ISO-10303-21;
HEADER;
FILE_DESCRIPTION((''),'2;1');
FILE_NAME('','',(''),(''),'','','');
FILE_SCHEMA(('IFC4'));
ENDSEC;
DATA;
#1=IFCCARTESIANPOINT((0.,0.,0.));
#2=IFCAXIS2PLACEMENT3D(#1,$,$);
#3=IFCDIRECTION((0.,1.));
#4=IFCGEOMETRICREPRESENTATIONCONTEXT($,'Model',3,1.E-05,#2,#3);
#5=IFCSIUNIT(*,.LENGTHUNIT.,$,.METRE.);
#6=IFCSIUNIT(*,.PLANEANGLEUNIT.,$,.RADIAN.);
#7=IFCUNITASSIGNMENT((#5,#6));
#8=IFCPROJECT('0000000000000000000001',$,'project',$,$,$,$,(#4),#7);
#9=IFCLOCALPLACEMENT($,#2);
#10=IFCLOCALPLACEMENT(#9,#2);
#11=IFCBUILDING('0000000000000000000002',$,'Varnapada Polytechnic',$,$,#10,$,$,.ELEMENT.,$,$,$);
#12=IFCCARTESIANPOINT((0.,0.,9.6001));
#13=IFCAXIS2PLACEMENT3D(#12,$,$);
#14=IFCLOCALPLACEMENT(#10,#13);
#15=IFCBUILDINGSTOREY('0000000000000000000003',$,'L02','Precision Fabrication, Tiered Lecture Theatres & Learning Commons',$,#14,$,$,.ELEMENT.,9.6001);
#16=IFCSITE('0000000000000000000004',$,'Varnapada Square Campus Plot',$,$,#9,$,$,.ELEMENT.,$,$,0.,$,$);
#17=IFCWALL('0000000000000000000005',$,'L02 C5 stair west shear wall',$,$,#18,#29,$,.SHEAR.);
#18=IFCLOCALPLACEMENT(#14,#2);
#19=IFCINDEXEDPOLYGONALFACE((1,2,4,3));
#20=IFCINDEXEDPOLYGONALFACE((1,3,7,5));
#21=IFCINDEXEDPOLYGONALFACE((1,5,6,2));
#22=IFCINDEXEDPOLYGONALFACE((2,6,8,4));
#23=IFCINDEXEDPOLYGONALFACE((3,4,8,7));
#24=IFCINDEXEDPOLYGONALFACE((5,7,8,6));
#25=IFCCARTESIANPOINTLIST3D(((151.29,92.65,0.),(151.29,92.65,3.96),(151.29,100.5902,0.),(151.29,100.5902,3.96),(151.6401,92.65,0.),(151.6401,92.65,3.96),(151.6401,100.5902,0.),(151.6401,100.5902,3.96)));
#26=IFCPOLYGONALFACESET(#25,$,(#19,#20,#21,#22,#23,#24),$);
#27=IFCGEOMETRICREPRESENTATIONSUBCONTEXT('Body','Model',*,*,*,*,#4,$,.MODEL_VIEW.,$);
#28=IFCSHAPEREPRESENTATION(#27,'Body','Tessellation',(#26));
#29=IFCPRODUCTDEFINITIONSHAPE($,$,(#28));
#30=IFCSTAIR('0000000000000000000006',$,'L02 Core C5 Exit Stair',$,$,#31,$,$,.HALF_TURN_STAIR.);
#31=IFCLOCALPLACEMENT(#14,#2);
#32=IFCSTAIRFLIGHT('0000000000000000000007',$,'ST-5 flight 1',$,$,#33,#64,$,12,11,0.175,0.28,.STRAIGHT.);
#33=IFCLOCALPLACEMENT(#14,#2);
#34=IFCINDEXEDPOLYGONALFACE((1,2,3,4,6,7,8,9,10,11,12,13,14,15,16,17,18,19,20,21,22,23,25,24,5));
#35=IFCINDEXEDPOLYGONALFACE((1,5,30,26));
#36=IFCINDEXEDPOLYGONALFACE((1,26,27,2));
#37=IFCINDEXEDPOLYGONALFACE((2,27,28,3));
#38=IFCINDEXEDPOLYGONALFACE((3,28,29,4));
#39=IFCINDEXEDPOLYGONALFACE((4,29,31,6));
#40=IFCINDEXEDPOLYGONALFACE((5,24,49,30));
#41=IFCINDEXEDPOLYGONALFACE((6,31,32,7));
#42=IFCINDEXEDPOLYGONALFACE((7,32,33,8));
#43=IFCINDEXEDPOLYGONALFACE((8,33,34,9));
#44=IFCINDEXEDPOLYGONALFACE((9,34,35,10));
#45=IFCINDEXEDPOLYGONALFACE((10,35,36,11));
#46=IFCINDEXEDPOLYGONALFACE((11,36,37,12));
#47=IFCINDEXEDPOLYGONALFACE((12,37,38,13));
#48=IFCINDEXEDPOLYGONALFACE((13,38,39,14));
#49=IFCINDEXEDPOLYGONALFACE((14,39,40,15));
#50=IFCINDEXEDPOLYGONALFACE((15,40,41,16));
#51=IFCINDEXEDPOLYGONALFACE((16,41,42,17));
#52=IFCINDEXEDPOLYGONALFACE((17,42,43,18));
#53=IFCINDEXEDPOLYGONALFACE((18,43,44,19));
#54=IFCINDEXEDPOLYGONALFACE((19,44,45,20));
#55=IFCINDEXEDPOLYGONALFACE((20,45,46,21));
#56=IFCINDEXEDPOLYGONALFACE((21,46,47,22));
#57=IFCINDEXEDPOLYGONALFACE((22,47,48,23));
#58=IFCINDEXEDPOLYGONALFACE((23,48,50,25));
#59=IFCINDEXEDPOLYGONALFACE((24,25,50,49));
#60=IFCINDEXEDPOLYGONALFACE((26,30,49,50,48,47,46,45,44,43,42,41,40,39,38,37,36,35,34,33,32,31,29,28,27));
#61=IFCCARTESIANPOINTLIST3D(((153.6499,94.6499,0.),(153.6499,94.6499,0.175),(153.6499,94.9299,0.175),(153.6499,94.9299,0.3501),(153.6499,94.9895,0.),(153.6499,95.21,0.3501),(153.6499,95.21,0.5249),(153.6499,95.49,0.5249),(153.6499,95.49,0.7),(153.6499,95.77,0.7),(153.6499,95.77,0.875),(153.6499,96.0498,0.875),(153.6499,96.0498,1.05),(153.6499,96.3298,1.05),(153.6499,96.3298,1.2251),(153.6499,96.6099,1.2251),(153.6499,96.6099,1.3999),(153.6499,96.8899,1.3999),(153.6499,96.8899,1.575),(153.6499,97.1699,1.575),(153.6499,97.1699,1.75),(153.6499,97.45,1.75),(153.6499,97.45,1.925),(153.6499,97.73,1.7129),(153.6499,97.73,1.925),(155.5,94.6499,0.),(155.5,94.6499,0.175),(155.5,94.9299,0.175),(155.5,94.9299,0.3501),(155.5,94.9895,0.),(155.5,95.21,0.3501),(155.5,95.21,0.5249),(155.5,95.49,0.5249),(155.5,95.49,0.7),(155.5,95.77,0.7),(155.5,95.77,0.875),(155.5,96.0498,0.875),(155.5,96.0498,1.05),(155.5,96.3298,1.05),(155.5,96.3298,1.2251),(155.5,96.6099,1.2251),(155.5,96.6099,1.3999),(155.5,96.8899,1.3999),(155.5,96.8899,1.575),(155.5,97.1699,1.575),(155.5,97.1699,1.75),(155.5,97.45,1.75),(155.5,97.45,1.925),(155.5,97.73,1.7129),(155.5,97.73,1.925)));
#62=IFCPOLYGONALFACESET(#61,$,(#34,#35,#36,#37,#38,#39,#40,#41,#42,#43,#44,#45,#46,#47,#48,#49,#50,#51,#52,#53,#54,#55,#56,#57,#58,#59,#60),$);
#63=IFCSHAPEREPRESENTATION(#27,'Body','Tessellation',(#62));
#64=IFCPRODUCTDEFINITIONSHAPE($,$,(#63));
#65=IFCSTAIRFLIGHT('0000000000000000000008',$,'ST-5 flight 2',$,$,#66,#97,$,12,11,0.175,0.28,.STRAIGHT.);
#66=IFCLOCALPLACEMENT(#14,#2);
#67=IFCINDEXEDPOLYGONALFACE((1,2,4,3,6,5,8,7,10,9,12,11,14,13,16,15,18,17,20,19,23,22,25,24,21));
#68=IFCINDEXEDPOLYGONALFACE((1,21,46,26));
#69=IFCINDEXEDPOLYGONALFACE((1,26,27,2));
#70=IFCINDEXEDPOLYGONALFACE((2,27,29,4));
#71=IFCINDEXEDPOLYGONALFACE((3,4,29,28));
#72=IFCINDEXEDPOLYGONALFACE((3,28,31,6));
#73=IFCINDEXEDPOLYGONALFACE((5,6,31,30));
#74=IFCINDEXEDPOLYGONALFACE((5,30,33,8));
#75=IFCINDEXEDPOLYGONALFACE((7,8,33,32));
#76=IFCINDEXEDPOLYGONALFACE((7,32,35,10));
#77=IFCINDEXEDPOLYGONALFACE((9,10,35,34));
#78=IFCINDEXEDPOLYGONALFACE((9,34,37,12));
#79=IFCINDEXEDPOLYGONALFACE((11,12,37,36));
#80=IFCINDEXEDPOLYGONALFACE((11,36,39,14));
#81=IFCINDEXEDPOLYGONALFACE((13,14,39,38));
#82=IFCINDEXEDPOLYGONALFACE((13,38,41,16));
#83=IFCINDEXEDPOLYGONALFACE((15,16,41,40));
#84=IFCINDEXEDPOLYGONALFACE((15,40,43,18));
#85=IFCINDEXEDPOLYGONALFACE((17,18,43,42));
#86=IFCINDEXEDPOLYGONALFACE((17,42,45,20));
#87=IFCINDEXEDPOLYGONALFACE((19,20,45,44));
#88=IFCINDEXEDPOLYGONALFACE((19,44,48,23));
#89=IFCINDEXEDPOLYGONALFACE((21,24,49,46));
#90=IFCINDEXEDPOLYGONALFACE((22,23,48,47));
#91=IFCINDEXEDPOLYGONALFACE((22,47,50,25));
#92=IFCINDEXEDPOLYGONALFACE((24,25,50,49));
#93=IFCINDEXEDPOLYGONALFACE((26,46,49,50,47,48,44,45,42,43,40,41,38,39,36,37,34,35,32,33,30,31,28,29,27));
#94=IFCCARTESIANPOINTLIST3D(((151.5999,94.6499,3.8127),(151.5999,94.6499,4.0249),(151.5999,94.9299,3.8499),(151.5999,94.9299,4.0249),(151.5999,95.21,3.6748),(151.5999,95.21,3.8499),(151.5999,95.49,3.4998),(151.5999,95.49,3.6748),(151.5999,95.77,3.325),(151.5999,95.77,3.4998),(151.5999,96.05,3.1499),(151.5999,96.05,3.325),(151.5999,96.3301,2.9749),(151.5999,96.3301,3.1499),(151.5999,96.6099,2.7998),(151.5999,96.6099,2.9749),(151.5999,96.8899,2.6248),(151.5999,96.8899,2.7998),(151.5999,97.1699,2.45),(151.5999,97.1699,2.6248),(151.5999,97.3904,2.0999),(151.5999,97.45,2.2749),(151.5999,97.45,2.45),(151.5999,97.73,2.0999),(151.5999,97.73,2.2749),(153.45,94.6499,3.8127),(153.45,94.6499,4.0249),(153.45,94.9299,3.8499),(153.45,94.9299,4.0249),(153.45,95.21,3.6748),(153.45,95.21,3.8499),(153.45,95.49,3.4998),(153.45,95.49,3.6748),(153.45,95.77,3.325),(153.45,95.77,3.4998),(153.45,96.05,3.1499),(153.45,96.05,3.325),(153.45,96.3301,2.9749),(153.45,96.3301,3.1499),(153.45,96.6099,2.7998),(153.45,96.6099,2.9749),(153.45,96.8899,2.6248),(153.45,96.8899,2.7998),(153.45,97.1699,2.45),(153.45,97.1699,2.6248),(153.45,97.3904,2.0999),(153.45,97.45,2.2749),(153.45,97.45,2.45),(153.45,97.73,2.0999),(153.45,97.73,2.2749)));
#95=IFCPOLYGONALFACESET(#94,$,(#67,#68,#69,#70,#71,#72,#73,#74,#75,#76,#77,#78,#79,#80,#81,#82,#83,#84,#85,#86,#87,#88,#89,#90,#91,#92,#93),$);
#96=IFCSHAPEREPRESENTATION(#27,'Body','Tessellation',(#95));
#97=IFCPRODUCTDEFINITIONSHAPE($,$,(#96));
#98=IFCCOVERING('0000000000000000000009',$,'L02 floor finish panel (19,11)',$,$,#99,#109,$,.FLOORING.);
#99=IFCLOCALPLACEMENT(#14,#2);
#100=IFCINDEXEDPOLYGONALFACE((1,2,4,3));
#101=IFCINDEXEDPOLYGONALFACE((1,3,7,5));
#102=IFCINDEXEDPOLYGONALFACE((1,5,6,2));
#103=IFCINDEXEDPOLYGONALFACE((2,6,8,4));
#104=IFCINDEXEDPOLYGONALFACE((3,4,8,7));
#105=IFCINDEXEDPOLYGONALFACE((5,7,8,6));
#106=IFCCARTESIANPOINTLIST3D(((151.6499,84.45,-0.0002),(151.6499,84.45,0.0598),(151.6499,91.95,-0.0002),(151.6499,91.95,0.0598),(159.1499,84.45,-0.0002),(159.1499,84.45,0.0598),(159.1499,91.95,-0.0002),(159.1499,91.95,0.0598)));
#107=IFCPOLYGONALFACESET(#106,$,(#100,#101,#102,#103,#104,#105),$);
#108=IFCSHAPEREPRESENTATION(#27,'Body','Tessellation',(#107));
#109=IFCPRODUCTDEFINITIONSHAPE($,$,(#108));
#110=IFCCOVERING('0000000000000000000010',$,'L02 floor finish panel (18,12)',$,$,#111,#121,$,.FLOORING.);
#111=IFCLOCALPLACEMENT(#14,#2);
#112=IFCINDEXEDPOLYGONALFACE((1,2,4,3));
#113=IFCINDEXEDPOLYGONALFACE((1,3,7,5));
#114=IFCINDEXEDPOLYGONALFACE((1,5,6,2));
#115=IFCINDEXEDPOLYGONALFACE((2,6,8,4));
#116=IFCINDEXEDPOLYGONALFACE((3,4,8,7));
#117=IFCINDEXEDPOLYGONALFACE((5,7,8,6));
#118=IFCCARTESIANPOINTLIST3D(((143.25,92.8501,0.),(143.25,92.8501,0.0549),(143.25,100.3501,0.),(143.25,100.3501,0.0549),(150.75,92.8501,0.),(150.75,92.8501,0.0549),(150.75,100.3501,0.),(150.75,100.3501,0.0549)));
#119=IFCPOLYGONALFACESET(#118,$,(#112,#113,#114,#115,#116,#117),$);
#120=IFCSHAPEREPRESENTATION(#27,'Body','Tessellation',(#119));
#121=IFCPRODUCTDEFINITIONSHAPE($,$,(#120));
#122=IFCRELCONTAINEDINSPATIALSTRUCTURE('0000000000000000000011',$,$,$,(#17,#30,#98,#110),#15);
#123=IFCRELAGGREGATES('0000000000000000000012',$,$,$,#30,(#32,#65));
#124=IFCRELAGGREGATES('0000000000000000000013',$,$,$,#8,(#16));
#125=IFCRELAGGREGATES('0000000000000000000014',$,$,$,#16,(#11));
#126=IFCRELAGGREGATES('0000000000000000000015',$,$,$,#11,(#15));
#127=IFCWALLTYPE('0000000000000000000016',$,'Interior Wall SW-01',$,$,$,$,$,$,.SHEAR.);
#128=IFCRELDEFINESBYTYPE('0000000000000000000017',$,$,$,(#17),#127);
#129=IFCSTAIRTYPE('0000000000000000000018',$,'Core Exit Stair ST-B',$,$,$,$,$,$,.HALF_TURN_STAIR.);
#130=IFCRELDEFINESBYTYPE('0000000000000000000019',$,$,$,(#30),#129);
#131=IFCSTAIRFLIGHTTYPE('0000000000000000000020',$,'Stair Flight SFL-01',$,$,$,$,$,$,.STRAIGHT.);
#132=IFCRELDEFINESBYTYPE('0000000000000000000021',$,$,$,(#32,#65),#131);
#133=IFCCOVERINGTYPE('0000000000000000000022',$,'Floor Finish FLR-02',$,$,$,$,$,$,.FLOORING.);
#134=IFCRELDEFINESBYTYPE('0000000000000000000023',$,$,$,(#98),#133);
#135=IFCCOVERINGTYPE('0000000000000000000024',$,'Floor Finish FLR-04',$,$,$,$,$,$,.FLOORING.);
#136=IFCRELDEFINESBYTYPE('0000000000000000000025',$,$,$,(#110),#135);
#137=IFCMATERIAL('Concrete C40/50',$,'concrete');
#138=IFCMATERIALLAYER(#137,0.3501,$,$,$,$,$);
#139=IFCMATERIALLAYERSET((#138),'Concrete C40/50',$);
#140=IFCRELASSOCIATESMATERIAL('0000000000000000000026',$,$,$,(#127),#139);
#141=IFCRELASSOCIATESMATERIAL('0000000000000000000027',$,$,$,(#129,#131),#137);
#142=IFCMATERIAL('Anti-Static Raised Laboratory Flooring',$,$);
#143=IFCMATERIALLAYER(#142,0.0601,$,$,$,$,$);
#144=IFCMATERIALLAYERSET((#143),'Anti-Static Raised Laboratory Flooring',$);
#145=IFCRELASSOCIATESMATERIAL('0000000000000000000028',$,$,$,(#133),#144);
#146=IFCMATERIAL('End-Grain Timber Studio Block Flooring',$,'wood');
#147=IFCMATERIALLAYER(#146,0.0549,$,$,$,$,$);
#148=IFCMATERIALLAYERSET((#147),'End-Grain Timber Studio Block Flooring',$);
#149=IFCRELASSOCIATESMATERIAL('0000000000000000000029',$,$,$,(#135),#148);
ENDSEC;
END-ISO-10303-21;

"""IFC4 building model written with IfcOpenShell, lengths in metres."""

from ifc_helpers import new_model, si_unit, direction, frame, frame_2d, origin, origin_2d, place, context, subcontext, project, spatial, polyline, rectangle, outline, extrude, material, layer, layer_set, type_object, element, aggregate, save


model = new_model("IFC4")

# Units and contexts
model_context = context("Model", 3, precision=1e-05, world=origin(), true_north=direction((0.0, 1.0)))
body_context = subcontext(model_context, "Body", "Model", "MODEL_VIEW")
ifc_project = project(units=[si_unit("LENGTHUNIT", "METRE"), si_unit("PLANEANGLEUNIT", "RADIAN")], contexts=[model_context])

# Site, building, storey
site_placement = place(None, origin())
site = spatial("IfcSite", under=ifc_project, at=site_placement, Name="Varnapada Square Campus Plot", CompositionType="ELEMENT", RefElevation=0.0)
building_placement = place(site_placement, origin())
building = spatial("IfcBuilding", under=site, at=building_placement, Name="Varnapada Polytechnic", CompositionType="ELEMENT")
storey_placement = place(building_placement, frame((0.0, 0.0, 9.6001)))
storey = spatial("IfcBuildingStorey", under=building, at=storey_placement, Name="L02", Description="Precision Fabrication, Tiered Lecture Theatres & Learning Commons", CompositionType="ELEMENT", Elevation=9.6001)

# Wall
ifc_material_1 = material(Name="Concrete C40/50", Category="concrete")
ifc_layer_1 = layer(ifc_material_1, 0.3501)
ifc_layer_set_1 = layer_set([ifc_layer_1], Name="Concrete C40/50")
wall_type_1 = type_object("IfcWallType", Name="Interior Wall SW-01", PredefinedType="SHEAR", material=ifc_layer_set_1)
wall_1_placement = place(storey_placement, frame((151.4651, 92.6499, 0.0), z_axis=(0.0, 0.0, 1.0), x_axis=(0.0, 1.0, 0.0)))
element("IfcWall", 1, at=wall_1_placement, inside=storey, type_object=wall_type_1, Name="L02 C5 stair west shear wall", PredefinedType="SHEAR", context=body_context, shape_type="SweptSolid", body=[
    extrude(rectangle(XDim=7.9402, YDim=0.3501, at=frame_2d((3.9702, 0.0))), origin(), (0.0, 0.0, 1.0), 3.96),
])

# Stair, stair flights
stair_type = type_object("IfcStairType", Name="Core Exit Stair ST-B", PredefinedType="HALF_TURN_STAIR", material=ifc_material_1)
stair_placement = place(storey_placement, origin())
stair = element("IfcStair", 2, at=stair_placement, inside=storey, type_object=stair_type, Name="L02 Core C5 Exit Stair", PredefinedType="HALF_TURN_STAIR")
stair_flight_type = type_object("IfcStairFlightType", Name="Stair Flight SFL-01", PredefinedType="STRAIGHT", material=ifc_material_1)
stair_flight_1_placement = place(storey_placement, frame((154.575, 94.6499, 0.0), z_axis=(0.0, 0.0, 1.0), x_axis=(0.0, 1.0, 0.0)))
stair_flight_1 = element("IfcStairFlight", 3, at=stair_flight_1_placement, type_object=stair_flight_type, Name="ST-5 flight 1", NumberOfRisers=12, NumberOfTreads=11, PredefinedType="STRAIGHT", RiserHeight=0.175, TreadLength=0.28, context=body_context, shape_type="SweptSolid", body=[
    extrude(outline(polyline([(0.0, 0.0), (0.0, 0.175), (0.28, 0.175), (0.28, 0.3501), (0.5601, 0.3501), (0.5601, 0.5249), (0.8401, 0.5249), (0.8401, 0.7), (1.1201, 0.7), (1.1201, 0.875), (1.3999, 0.875), (1.3999, 1.05), (1.6799, 1.05), (1.6799, 1.2251), (1.96, 1.2251), (1.96, 1.3999), (2.24, 1.3999), (2.24, 1.575), (2.52, 1.575), (2.52, 1.75), (2.8, 1.75), (2.8, 1.925), (3.0801, 1.925), (3.0801, 2.1001), (3.0801, 1.7129), (0.3396, 0.0), (0.0, 0.0)])), frame((0.0, 0.925, 0.0), z_axis=(0.0, -1.0, 0.0), x_axis=(1.0, 0.0, 0.0)), (0.0, 0.0, 1.0), 1.8501),
])
stair_flight_2_placement = place(storey_placement, frame((152.5249, 97.73, 2.0999), z_axis=(0.0, 0.0, 1.0), x_axis=(0.0, -1.0, 0.0)))
stair_flight_2 = element("IfcStairFlight", 4, at=stair_flight_2_placement, type_object=stair_flight_type, Name="ST-5 flight 2", NumberOfRisers=12, NumberOfTreads=11, PredefinedType="STRAIGHT", RiserHeight=0.175, TreadLength=0.28, context=body_context, shape_type="SweptSolid", body=[
    extrude(outline(polyline([(0.0, 0.0), (0.0, 0.175), (0.28, 0.175), (0.28, 0.3501), (0.5601, 0.3501), (0.5601, 0.5249), (0.8401, 0.5249), (0.8401, 0.7), (1.1201, 0.7), (1.1201, 0.875), (1.3999, 0.875), (1.3999, 1.05), (1.6799, 1.05), (1.6799, 1.2251), (1.96, 1.2251), (1.96, 1.3999), (2.24, 1.3999), (2.24, 1.575), (2.52, 1.575), (2.52, 1.75), (2.8, 1.75), (2.8, 1.925), (3.0801, 1.925), (3.0801, 2.1001), (3.0801, 1.7129), (0.3396, 0.0), (0.0, 0.0)])), frame((0.0, 0.925, 0.0), z_axis=(0.0, -1.0, 0.0), x_axis=(1.0, 0.0, 0.0)), (0.0, 0.0, 1.0), 1.8501),
])
aggregate(stair, [stair_flight_1, stair_flight_2])

# Coverings
ifc_material_2 = material(Name="Anti-Static Raised Laboratory Flooring")
ifc_layer_2 = layer(ifc_material_2, 0.0601)
ifc_layer_set_2 = layer_set([ifc_layer_2], Name="Anti-Static Raised Laboratory Flooring")
covering_type_1 = type_object("IfcCoveringType", Name="Floor Finish FLR-02", PredefinedType="FLOORING", material=ifc_layer_set_2)
covering_1_placement = place(storey_placement, frame((155.3999, 88.2, -0.0002), z_axis=(0.0, 0.0, 1.0), x_axis=(1.0, 0.0, 0.0)))
element("IfcCovering", 5, at=covering_1_placement, inside=storey, type_object=covering_type_1, Name="L02 floor finish panel (19,11)", PredefinedType="FLOORING", context=body_context, shape_type="SweptSolid", body=[
    extrude(rectangle(XDim=7.5, YDim=7.5, at=origin_2d()), origin(), (0.0, 0.0, 1.0), 0.0601),
])
ifc_material_3 = material(Name="End-Grain Timber Studio Block Flooring", Category="wood")
ifc_layer_3 = layer(ifc_material_3, 0.0549)
ifc_layer_set_3 = layer_set([ifc_layer_3], Name="End-Grain Timber Studio Block Flooring")
covering_type_2 = type_object("IfcCoveringType", Name="Floor Finish FLR-04", PredefinedType="FLOORING", material=ifc_layer_set_3)
covering_2_placement = place(storey_placement, frame((147.0, 96.6001, 0.0), z_axis=(0.0, 0.0, 1.0), x_axis=(1.0, 0.0, 0.0)))
element("IfcCovering", 6, at=covering_2_placement, inside=storey, type_object=covering_type_2, Name="L02 floor finish panel (18,12)", PredefinedType="FLOORING", context=body_context, shape_type="SweptSolid", body=[
    extrude(rectangle(XDim=7.5, YDim=7.5, at=origin_2d()), origin(), (0.0, 0.0, 1.0), 0.0549),
])

save(model, "model.ifc")
